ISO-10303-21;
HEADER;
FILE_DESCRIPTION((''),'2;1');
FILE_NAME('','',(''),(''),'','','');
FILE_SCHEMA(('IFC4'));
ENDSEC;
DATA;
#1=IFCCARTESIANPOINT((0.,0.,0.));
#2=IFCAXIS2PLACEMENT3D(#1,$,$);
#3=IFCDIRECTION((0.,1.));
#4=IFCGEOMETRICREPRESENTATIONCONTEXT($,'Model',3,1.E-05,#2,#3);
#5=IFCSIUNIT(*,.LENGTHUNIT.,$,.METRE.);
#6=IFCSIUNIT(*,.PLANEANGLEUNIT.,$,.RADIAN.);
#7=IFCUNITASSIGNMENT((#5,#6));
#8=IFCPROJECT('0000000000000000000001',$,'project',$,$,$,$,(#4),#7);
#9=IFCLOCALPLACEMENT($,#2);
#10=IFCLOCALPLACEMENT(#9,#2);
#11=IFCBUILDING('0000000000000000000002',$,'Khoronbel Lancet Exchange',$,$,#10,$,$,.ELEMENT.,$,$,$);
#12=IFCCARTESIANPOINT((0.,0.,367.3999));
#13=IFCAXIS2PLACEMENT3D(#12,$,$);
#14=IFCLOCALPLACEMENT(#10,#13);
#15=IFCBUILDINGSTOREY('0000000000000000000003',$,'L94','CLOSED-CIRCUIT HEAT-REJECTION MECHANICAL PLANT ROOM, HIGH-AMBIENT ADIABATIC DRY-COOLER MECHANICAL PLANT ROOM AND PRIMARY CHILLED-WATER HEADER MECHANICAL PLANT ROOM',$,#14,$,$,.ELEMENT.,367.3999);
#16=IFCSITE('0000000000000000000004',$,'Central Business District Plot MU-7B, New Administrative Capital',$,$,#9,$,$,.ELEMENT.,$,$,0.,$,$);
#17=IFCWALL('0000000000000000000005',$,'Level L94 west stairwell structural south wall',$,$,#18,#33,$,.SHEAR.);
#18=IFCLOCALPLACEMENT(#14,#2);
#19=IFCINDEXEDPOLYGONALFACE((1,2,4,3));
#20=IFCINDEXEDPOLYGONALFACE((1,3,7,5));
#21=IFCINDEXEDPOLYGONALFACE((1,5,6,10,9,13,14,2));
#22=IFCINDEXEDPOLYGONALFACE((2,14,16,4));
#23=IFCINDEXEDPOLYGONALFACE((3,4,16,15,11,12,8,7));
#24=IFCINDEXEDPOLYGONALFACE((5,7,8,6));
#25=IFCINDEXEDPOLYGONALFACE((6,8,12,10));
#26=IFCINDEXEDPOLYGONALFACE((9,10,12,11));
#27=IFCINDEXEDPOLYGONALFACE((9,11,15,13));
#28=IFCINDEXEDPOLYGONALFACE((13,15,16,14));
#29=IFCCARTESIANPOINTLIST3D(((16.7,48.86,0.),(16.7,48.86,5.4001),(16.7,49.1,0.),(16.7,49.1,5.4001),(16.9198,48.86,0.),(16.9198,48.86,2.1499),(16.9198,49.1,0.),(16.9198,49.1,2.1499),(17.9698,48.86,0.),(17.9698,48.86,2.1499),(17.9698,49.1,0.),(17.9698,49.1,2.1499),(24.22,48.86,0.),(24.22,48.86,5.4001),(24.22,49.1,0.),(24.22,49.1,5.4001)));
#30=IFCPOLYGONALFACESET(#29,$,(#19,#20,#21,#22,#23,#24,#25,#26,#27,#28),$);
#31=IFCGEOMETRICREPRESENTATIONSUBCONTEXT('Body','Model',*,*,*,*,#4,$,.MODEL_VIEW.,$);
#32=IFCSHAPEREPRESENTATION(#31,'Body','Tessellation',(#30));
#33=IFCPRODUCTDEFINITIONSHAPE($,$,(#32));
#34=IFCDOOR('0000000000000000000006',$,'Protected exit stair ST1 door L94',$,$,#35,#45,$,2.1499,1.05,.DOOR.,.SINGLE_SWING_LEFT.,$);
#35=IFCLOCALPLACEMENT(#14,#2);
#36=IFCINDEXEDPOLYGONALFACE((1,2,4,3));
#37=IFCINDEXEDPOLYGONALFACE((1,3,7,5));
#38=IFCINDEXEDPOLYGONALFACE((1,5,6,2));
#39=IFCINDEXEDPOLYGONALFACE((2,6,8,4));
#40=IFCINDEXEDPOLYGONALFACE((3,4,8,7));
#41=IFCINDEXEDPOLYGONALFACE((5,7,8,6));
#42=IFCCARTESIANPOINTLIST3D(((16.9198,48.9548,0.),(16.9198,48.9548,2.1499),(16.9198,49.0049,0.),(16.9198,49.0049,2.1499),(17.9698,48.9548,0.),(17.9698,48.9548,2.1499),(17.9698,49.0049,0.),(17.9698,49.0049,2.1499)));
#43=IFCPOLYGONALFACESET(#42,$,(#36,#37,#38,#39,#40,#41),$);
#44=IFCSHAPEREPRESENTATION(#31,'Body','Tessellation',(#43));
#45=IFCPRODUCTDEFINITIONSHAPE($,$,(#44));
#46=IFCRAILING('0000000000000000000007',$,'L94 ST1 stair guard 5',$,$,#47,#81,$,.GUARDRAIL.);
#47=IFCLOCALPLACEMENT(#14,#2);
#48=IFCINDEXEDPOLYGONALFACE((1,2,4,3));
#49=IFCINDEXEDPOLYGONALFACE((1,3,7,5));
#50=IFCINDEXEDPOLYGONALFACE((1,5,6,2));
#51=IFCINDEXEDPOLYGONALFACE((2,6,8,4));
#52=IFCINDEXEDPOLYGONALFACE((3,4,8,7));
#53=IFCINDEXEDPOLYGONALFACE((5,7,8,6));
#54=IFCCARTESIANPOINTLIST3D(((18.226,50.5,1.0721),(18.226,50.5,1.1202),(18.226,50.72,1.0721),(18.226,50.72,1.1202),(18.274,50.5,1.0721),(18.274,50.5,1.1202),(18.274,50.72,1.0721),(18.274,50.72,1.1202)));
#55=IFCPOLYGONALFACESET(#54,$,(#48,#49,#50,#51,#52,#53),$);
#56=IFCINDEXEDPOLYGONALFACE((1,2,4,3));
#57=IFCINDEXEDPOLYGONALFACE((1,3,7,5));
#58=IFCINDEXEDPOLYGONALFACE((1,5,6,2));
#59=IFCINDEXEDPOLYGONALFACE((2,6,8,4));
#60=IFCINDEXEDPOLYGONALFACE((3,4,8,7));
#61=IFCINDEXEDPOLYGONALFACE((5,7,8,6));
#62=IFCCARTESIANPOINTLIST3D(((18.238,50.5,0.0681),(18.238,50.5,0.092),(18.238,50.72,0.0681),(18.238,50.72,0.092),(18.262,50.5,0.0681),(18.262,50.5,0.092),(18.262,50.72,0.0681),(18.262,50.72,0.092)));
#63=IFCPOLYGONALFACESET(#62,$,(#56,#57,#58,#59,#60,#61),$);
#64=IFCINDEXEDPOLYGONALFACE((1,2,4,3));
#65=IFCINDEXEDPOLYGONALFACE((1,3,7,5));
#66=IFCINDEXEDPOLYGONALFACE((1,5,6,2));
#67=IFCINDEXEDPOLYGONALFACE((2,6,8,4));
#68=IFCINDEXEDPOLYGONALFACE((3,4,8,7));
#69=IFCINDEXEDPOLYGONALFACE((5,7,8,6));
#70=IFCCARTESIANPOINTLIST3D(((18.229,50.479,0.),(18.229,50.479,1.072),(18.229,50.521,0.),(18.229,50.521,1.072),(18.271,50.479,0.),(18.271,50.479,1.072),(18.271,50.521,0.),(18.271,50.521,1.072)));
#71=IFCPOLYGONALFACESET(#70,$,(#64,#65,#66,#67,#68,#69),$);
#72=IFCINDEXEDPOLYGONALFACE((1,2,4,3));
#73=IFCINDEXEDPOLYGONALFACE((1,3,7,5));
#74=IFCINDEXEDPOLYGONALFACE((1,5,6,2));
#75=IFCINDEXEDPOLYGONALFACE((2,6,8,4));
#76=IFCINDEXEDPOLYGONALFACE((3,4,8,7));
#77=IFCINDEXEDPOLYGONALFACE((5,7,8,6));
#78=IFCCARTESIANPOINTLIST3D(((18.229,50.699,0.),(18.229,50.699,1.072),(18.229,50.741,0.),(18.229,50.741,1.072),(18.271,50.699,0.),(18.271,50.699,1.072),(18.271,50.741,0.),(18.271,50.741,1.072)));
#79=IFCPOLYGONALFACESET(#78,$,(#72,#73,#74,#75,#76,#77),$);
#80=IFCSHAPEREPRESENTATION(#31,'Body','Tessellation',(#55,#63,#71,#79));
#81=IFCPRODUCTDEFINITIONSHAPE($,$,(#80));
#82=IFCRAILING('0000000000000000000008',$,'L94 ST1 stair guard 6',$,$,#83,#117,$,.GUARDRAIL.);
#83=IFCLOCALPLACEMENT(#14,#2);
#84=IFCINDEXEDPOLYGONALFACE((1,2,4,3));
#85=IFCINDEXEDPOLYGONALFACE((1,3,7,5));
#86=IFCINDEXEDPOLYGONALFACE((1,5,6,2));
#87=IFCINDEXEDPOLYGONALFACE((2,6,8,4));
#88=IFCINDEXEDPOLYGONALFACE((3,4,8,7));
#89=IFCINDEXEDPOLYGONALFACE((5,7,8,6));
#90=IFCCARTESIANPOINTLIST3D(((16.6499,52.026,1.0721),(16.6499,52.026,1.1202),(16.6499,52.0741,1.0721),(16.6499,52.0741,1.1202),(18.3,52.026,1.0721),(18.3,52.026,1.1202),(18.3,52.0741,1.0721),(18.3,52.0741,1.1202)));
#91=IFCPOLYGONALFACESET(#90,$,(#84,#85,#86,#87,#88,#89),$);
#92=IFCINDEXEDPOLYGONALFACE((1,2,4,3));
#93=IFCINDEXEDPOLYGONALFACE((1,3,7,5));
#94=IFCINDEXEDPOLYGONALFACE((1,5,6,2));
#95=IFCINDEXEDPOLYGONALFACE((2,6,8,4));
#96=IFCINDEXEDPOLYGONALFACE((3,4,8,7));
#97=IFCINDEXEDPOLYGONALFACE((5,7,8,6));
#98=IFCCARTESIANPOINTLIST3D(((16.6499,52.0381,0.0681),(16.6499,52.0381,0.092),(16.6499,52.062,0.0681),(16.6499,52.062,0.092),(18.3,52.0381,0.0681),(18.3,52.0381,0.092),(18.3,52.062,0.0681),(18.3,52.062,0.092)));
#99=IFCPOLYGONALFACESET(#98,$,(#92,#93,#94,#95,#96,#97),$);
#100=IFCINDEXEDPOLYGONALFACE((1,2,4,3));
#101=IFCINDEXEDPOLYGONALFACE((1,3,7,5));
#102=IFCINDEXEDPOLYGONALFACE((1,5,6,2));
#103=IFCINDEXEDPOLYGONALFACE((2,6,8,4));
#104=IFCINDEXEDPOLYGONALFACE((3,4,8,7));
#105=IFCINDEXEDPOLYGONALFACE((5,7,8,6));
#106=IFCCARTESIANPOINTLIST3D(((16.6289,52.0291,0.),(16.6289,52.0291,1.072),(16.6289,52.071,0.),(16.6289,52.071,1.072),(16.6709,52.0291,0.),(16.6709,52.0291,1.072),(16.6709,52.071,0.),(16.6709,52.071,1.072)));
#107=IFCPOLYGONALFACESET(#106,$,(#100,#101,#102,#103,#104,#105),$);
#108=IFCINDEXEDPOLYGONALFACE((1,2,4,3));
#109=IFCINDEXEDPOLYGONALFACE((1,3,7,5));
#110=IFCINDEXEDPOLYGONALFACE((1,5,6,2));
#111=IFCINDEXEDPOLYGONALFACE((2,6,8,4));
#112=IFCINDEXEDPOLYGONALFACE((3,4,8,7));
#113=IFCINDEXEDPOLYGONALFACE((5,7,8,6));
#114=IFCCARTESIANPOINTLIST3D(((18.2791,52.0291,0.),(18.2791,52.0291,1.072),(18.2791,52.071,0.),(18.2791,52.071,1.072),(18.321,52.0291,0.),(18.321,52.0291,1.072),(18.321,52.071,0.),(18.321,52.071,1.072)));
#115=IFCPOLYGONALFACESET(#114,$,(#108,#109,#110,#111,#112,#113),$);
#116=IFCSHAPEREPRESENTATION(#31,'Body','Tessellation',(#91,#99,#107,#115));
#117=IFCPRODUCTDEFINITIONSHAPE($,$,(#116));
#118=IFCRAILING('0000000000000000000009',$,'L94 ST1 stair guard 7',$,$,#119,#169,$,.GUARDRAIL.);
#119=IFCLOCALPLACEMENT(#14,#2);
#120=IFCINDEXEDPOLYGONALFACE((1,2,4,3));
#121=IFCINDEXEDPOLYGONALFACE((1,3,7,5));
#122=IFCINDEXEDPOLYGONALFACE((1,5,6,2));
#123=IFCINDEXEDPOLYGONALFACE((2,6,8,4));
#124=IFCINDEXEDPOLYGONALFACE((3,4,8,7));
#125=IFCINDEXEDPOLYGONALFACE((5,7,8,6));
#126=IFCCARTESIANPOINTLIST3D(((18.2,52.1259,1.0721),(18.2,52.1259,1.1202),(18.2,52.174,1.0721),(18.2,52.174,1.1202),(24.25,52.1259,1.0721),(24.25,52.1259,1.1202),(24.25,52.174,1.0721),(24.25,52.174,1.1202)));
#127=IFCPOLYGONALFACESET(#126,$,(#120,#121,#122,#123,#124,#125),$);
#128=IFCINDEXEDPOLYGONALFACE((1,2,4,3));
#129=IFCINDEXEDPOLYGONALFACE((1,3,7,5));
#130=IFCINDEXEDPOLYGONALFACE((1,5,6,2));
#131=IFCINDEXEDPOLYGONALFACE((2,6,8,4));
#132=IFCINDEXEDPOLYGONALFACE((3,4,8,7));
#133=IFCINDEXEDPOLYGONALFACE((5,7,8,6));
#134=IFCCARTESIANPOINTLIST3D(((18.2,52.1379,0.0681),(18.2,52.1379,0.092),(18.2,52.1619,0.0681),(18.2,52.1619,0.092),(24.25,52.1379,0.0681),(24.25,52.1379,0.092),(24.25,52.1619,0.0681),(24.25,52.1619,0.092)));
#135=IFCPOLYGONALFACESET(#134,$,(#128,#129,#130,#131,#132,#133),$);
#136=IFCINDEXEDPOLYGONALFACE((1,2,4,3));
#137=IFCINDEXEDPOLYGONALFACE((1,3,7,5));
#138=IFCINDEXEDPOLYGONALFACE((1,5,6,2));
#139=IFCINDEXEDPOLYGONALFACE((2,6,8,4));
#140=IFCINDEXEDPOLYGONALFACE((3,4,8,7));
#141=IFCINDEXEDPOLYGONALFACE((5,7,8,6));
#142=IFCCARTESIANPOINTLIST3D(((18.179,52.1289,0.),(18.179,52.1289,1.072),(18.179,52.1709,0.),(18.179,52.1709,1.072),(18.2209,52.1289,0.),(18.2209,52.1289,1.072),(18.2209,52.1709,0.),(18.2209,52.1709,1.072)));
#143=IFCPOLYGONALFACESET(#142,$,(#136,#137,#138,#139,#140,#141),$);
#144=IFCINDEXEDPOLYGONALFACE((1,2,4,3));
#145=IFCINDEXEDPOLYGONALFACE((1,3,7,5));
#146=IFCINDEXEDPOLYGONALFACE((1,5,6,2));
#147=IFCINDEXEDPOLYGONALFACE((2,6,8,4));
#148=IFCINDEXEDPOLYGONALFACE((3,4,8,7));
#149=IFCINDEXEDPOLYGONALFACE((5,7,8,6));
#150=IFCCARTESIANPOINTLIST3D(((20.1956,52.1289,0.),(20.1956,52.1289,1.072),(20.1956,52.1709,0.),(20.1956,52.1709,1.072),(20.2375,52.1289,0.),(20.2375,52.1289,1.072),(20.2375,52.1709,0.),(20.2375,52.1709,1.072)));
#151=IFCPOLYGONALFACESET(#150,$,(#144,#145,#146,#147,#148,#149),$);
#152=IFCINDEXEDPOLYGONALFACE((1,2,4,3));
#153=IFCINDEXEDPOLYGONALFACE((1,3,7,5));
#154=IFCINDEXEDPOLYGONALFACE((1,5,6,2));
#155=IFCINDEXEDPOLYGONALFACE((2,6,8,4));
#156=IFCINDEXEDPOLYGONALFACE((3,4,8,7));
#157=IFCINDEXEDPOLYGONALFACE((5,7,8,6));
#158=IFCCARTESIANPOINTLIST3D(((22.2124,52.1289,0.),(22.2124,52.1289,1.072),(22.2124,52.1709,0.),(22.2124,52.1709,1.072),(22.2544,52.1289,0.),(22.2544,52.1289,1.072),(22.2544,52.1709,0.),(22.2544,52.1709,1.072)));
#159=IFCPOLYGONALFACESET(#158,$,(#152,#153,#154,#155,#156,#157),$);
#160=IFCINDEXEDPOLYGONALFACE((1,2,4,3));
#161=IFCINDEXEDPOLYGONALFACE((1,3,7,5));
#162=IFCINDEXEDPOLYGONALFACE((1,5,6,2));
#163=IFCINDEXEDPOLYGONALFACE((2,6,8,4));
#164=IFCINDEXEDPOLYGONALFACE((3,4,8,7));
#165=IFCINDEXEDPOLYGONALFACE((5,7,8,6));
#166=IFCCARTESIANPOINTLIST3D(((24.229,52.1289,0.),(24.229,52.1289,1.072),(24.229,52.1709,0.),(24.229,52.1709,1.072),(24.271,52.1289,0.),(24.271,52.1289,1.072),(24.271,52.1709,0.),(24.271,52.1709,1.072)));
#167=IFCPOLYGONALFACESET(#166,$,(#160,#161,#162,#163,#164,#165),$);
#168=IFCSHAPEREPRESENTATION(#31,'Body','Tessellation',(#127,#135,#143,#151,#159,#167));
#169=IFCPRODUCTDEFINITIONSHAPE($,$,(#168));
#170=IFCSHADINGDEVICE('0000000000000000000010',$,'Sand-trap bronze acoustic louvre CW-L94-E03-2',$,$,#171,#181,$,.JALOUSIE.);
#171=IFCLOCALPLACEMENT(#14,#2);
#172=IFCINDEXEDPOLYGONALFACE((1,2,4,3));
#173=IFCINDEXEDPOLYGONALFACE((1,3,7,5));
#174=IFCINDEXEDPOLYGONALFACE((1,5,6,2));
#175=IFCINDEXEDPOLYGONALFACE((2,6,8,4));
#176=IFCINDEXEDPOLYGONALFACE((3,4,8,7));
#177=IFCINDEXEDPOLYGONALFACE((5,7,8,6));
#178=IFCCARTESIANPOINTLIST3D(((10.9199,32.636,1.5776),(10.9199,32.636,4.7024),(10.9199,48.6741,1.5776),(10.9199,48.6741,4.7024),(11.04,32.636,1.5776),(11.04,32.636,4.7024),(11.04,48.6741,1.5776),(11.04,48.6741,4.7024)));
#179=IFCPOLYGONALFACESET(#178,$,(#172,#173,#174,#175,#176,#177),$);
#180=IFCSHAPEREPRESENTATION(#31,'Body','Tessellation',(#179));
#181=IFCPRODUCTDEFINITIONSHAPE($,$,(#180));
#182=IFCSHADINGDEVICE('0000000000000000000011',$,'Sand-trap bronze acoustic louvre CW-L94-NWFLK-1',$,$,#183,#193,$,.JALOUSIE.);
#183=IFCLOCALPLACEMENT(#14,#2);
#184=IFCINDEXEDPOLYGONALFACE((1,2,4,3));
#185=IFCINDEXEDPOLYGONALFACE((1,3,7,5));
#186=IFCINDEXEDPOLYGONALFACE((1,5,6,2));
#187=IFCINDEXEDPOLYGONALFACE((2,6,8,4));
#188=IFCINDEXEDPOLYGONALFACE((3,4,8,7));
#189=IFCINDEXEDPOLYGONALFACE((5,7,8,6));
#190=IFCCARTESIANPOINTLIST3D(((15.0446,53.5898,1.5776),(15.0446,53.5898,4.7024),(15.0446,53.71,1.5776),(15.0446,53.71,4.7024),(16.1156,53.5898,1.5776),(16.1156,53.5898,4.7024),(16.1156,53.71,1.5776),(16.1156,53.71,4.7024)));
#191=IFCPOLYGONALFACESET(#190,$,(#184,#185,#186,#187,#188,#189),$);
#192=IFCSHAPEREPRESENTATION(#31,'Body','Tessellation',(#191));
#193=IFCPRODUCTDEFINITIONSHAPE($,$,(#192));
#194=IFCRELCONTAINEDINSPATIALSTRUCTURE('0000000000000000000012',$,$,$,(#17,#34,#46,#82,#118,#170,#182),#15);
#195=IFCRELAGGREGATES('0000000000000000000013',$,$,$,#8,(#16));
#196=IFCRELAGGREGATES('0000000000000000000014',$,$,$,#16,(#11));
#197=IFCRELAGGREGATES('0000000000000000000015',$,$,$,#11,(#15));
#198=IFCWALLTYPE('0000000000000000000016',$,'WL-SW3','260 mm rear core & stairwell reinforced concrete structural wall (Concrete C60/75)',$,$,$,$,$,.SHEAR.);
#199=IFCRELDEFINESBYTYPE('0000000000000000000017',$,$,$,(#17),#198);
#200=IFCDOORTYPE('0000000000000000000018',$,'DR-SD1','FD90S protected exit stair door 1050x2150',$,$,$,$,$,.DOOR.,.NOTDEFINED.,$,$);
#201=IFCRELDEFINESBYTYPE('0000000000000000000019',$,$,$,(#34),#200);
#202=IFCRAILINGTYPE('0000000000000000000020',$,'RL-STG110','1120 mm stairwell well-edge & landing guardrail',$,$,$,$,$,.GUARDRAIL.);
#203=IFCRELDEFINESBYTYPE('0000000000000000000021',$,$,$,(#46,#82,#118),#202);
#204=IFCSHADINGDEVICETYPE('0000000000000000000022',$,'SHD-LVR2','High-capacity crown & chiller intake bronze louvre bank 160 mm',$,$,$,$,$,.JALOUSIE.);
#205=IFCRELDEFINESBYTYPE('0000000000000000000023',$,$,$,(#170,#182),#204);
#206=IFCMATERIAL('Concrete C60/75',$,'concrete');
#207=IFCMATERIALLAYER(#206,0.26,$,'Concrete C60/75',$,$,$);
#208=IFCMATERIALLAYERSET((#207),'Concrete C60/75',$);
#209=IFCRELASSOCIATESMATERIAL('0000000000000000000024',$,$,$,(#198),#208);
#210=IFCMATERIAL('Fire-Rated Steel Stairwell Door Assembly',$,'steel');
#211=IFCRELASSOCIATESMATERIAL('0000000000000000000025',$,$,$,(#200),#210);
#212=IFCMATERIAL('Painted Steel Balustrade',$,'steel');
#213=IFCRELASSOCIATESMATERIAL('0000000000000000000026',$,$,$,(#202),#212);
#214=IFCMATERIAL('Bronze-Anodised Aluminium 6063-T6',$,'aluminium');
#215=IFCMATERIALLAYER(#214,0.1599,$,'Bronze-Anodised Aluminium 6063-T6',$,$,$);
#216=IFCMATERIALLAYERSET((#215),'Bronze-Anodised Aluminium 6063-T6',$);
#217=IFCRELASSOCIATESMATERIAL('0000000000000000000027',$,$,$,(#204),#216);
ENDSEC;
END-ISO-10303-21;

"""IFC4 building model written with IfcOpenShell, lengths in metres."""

from ifc_helpers import new_model, si_unit, direction, frame, frame_2d, origin, origin_2d, place, context, subcontext, project, spatial, rectangle, extrude, material, layer, layer_set, type_object, element, fill, save


model = new_model("IFC4")

# Units and contexts
model_context = context("Model", 3, precision=1e-05, world=origin(), true_north=direction((0.0, 1.0)))
body_context = subcontext(model_context, "Body", "Model", "MODEL_VIEW")
ifc_project = project(units=[si_unit("LENGTHUNIT", "METRE"), si_unit("PLANEANGLEUNIT", "RADIAN")], contexts=[model_context])

# Site, building, storey
site_placement = place(None, origin())
site = spatial("IfcSite", under=ifc_project, at=site_placement, Name="Central Business District Plot MU-7B, New Administrative Capital", CompositionType="ELEMENT", RefElevation=0.0)
building_placement = place(site_placement, origin())
building = spatial("IfcBuilding", under=site, at=building_placement, Name="Khoronbel Lancet Exchange", CompositionType="ELEMENT")
storey_placement = place(building_placement, frame((0.0, 0.0, 367.3999)))
storey = spatial("IfcBuildingStorey", under=building, at=storey_placement, Name="L94", Description="CLOSED-CIRCUIT HEAT-REJECTION MECHANICAL PLANT ROOM, HIGH-AMBIENT ADIABATIC DRY-COOLER MECHANICAL PLANT ROOM AND PRIMARY CHILLED-WATER HEADER MECHANICAL PLANT ROOM", CompositionType="ELEMENT", Elevation=367.3999)

# Shared definitions
ifc_material_1 = material(Name="Bronze-Anodised Aluminium 6063-T6", Category="aluminium")

# Shared definitions
ifc_material_2 = material(Name="Concrete C60/75", Category="concrete")

# Wall, opening, door
ifc_layer_1 = layer(ifc_material_2, 0.26, Name="Concrete C60/75")
ifc_layer_set_1 = layer_set([ifc_layer_1], Name="Concrete C60/75")
wall_type_1 = type_object("IfcWallType", Name="WL-SW3", Description="260 mm rear core & stairwell reinforced concrete structural wall (Concrete C60/75)", PredefinedType="SHEAR", material=ifc_layer_set_1)
wall_1_placement = place(storey_placement, frame((16.7, 48.98, 0.0), z_axis=(0.0, 0.0, 1.0), x_axis=(1.0, 0.0, 0.0)))
wall_1 = element("IfcWall", 1, at=wall_1_placement, inside=storey, type_object=wall_type_1, Name="Level L94 west stairwell structural south wall", PredefinedType="SHEAR", context=body_context, shape_type="SweptSolid", body=[
    extrude(rectangle(XDim=7.52, YDim=0.24, at=frame_2d((3.76, 0.0))), origin(), (0.0, 0.0, 1.0), 5.4001),
])
opening_1_placement = place(wall_1_placement, frame((0.22, 0.0, 0.0)))
opening_1 = element("IfcOpeningElement", 2, at=opening_1_placement, cuts=wall_1, PredefinedType="OPENING", context=body_context, shape_type="SweptSolid", body=[
    extrude(rectangle(XDim=1.05, YDim=2.1499, at=frame_2d((0.5249, 1.075))), frame((0.0, 0.1299, 0.0), z_axis=(0.0, -1.0, 0.0), x_axis=(1.0, 0.0, 0.0)), (0.0, 0.0, 1.0), 0.26),
])
ifc_material_3 = material(Name="Fire-Rated Steel Stairwell Door Assembly", Category="steel")
door_type_1 = type_object("IfcDoorType", Name="DR-SD1", Description="FD90S protected exit stair door 1050x2150", OperationType="NOTDEFINED", PredefinedType="DOOR", material=ifc_material_3)
door_1_placement = place(opening_1_placement, origin())
door_1 = element("IfcDoor", 3, at=door_1_placement, inside=storey, type_object=door_type_1, Name="Protected exit stair ST1 door L94", OperationType="SINGLE_SWING_LEFT", OverallHeight=2.1499, OverallWidth=1.05, PredefinedType="DOOR", context=body_context, shape_type="SweptSolid", body=[
    extrude(rectangle(XDim=1.05, YDim=2.1499, at=frame_2d((0.5249, 1.075))), frame((0.0, 0.0249, 0.0), z_axis=(0.0, -1.0, 0.0), x_axis=(1.0, 0.0, 0.0)), (0.0, 0.0, 1.0), 0.05),
])
fill(opening_1, door_1)

# Railings
ifc_material_4 = material(Name="Painted Steel Balustrade", Category="steel")
railing_type = type_object("IfcRailingType", Name="RL-STG110", Description="1120 mm stairwell well-edge & landing guardrail", PredefinedType="GUARDRAIL", material=ifc_material_4)
railing_1_placement = place(storey_placement, frame((18.25, 50.5, 0.0)))
element("IfcRailing", 4, at=railing_1_placement, inside=storey, type_object=railing_type, Name="L94 ST1 stair guard 5", PredefinedType="GUARDRAIL", context=body_context, shape_type="SweptSolid", body=[
    extrude(rectangle(XDim=0.0481, YDim=0.0481, at=origin_2d()), frame((0.0, 0.0, 1.0962), z_axis=(0.0, 1.0, 0.0), x_axis=(-1.0, 0.0, 0.0)), (0.0, 0.0, 1.0), 0.22),
    extrude(rectangle(XDim=0.0239, YDim=0.0239, at=origin_2d()), frame((0.0, 0.0, 0.0801), z_axis=(0.0, 1.0, 0.0), x_axis=(-1.0, 0.0, 0.0)), (0.0, 0.0, 1.0), 0.22),
    extrude(rectangle(XDim=0.042, YDim=0.042, at=origin_2d()), origin(), (0.0, 0.0, 1.0), 1.072),
    extrude(rectangle(XDim=0.042, YDim=0.042, at=origin_2d()), frame((0.0, 0.22, 0.0)), (0.0, 0.0, 1.0), 1.072),
])
railing_2_placement = place(storey_placement, frame((16.6499, 52.05, 0.0)))
element("IfcRailing", 5, at=railing_2_placement, inside=storey, type_object=railing_type, Name="L94 ST1 stair guard 6", PredefinedType="GUARDRAIL", context=body_context, shape_type="SweptSolid", body=[
    extrude(rectangle(XDim=0.0481, YDim=0.0481, at=origin_2d()), frame((0.0, 0.0, 1.0962), z_axis=(1.0, 0.0, 0.0), x_axis=(0.0, 1.0, 0.0)), (0.0, 0.0, 1.0), 1.6501),
    extrude(rectangle(XDim=0.0239, YDim=0.0239, at=origin_2d()), frame((0.0, 0.0, 0.0801), z_axis=(1.0, 0.0, 0.0), x_axis=(0.0, 1.0, 0.0)), (0.0, 0.0, 1.0), 1.6501),
    extrude(rectangle(XDim=0.042, YDim=0.042, at=origin_2d()), origin(), (0.0, 0.0, 1.0), 1.072),
    extrude(rectangle(XDim=0.042, YDim=0.042, at=origin_2d()), frame((1.6501, 0.0, 0.0)), (0.0, 0.0, 1.0), 1.072),
])
railing_3_placement = place(storey_placement, frame((18.2, 52.1499, 0.0)))
element("IfcRailing", 6, at=railing_3_placement, inside=storey, type_object=railing_type, Name="L94 ST1 stair guard 7", PredefinedType="GUARDRAIL", context=body_context, shape_type="SweptSolid", body=[
    extrude(rectangle(XDim=0.0481, YDim=0.0481, at=origin_2d()), frame((0.0, 0.0, 1.0962), z_axis=(1.0, 0.0, 0.0), x_axis=(0.0, 1.0, 0.0)), (0.0, 0.0, 1.0), 6.05),
    extrude(rectangle(XDim=0.0239, YDim=0.0239, at=origin_2d()), frame((0.0, 0.0, 0.0801), z_axis=(1.0, 0.0, 0.0), x_axis=(0.0, 1.0, 0.0)), (0.0, 0.0, 1.0), 6.05),
    extrude(rectangle(XDim=0.042, YDim=0.042, at=origin_2d()), origin(), (0.0, 0.0, 1.0), 1.072),
    extrude(rectangle(XDim=0.042, YDim=0.042, at=origin_2d()), frame((2.0166, 0.0, 0.0)), (0.0, 0.0, 1.0), 1.072),
    extrude(rectangle(XDim=0.042, YDim=0.042, at=origin_2d()), frame((4.0334, 0.0, 0.0)), (0.0, 0.0, 1.0), 1.072),
    extrude(rectangle(XDim=0.042, YDim=0.042, at=origin_2d()), frame((6.05, 0.0, 0.0)), (0.0, 0.0, 1.0), 1.072),
])

# Shading devices
ifc_layer_2 = layer(ifc_material_1, 0.1599, Name="Bronze-Anodised Aluminium 6063-T6")
ifc_layer_set_2 = layer_set([ifc_layer_2], Name="Bronze-Anodised Aluminium 6063-T6")
shading_device_type = type_object("IfcShadingDeviceType", Name="SHD-LVR2", Description="High-capacity crown & chiller intake bronze louvre bank 160 mm", PredefinedType="JALOUSIE", material=ifc_layer_set_2)
shading_device_1_placement = place(storey_placement, frame((10.98, 40.655, 1.5776), z_axis=(0.0, 0.0, 1.0), x_axis=(0.0, 1.0, 0.0)))
element("IfcShadingDevice", 7, at=shading_device_1_placement, inside=storey, type_object=shading_device_type, Name="Sand-trap bronze acoustic louvre CW-L94-E03-2", PredefinedType="JALOUSIE", context=body_context, shape_type="SweptSolid", body=[
    extrude(rectangle(XDim=16.0381, YDim=0.1201, at=origin_2d()), origin(), (0.0, 0.0, 1.0), 3.1248),
])
shading_device_2_placement = place(storey_placement, frame((15.5801, 53.6499, 1.5776), z_axis=(0.0, 0.0, 1.0), x_axis=(-1.0, 0.0, 0.0)))
element("IfcShadingDevice", 8, at=shading_device_2_placement, inside=storey, type_object=shading_device_type, Name="Sand-trap bronze acoustic louvre CW-L94-NWFLK-1", PredefinedType="JALOUSIE", context=body_context, shape_type="SweptSolid", body=[
    extrude(rectangle(XDim=1.071, YDim=0.1201, at=origin_2d()), origin(), (0.0, 0.0, 1.0), 3.1248),
])

save(model, "model.ifc")
